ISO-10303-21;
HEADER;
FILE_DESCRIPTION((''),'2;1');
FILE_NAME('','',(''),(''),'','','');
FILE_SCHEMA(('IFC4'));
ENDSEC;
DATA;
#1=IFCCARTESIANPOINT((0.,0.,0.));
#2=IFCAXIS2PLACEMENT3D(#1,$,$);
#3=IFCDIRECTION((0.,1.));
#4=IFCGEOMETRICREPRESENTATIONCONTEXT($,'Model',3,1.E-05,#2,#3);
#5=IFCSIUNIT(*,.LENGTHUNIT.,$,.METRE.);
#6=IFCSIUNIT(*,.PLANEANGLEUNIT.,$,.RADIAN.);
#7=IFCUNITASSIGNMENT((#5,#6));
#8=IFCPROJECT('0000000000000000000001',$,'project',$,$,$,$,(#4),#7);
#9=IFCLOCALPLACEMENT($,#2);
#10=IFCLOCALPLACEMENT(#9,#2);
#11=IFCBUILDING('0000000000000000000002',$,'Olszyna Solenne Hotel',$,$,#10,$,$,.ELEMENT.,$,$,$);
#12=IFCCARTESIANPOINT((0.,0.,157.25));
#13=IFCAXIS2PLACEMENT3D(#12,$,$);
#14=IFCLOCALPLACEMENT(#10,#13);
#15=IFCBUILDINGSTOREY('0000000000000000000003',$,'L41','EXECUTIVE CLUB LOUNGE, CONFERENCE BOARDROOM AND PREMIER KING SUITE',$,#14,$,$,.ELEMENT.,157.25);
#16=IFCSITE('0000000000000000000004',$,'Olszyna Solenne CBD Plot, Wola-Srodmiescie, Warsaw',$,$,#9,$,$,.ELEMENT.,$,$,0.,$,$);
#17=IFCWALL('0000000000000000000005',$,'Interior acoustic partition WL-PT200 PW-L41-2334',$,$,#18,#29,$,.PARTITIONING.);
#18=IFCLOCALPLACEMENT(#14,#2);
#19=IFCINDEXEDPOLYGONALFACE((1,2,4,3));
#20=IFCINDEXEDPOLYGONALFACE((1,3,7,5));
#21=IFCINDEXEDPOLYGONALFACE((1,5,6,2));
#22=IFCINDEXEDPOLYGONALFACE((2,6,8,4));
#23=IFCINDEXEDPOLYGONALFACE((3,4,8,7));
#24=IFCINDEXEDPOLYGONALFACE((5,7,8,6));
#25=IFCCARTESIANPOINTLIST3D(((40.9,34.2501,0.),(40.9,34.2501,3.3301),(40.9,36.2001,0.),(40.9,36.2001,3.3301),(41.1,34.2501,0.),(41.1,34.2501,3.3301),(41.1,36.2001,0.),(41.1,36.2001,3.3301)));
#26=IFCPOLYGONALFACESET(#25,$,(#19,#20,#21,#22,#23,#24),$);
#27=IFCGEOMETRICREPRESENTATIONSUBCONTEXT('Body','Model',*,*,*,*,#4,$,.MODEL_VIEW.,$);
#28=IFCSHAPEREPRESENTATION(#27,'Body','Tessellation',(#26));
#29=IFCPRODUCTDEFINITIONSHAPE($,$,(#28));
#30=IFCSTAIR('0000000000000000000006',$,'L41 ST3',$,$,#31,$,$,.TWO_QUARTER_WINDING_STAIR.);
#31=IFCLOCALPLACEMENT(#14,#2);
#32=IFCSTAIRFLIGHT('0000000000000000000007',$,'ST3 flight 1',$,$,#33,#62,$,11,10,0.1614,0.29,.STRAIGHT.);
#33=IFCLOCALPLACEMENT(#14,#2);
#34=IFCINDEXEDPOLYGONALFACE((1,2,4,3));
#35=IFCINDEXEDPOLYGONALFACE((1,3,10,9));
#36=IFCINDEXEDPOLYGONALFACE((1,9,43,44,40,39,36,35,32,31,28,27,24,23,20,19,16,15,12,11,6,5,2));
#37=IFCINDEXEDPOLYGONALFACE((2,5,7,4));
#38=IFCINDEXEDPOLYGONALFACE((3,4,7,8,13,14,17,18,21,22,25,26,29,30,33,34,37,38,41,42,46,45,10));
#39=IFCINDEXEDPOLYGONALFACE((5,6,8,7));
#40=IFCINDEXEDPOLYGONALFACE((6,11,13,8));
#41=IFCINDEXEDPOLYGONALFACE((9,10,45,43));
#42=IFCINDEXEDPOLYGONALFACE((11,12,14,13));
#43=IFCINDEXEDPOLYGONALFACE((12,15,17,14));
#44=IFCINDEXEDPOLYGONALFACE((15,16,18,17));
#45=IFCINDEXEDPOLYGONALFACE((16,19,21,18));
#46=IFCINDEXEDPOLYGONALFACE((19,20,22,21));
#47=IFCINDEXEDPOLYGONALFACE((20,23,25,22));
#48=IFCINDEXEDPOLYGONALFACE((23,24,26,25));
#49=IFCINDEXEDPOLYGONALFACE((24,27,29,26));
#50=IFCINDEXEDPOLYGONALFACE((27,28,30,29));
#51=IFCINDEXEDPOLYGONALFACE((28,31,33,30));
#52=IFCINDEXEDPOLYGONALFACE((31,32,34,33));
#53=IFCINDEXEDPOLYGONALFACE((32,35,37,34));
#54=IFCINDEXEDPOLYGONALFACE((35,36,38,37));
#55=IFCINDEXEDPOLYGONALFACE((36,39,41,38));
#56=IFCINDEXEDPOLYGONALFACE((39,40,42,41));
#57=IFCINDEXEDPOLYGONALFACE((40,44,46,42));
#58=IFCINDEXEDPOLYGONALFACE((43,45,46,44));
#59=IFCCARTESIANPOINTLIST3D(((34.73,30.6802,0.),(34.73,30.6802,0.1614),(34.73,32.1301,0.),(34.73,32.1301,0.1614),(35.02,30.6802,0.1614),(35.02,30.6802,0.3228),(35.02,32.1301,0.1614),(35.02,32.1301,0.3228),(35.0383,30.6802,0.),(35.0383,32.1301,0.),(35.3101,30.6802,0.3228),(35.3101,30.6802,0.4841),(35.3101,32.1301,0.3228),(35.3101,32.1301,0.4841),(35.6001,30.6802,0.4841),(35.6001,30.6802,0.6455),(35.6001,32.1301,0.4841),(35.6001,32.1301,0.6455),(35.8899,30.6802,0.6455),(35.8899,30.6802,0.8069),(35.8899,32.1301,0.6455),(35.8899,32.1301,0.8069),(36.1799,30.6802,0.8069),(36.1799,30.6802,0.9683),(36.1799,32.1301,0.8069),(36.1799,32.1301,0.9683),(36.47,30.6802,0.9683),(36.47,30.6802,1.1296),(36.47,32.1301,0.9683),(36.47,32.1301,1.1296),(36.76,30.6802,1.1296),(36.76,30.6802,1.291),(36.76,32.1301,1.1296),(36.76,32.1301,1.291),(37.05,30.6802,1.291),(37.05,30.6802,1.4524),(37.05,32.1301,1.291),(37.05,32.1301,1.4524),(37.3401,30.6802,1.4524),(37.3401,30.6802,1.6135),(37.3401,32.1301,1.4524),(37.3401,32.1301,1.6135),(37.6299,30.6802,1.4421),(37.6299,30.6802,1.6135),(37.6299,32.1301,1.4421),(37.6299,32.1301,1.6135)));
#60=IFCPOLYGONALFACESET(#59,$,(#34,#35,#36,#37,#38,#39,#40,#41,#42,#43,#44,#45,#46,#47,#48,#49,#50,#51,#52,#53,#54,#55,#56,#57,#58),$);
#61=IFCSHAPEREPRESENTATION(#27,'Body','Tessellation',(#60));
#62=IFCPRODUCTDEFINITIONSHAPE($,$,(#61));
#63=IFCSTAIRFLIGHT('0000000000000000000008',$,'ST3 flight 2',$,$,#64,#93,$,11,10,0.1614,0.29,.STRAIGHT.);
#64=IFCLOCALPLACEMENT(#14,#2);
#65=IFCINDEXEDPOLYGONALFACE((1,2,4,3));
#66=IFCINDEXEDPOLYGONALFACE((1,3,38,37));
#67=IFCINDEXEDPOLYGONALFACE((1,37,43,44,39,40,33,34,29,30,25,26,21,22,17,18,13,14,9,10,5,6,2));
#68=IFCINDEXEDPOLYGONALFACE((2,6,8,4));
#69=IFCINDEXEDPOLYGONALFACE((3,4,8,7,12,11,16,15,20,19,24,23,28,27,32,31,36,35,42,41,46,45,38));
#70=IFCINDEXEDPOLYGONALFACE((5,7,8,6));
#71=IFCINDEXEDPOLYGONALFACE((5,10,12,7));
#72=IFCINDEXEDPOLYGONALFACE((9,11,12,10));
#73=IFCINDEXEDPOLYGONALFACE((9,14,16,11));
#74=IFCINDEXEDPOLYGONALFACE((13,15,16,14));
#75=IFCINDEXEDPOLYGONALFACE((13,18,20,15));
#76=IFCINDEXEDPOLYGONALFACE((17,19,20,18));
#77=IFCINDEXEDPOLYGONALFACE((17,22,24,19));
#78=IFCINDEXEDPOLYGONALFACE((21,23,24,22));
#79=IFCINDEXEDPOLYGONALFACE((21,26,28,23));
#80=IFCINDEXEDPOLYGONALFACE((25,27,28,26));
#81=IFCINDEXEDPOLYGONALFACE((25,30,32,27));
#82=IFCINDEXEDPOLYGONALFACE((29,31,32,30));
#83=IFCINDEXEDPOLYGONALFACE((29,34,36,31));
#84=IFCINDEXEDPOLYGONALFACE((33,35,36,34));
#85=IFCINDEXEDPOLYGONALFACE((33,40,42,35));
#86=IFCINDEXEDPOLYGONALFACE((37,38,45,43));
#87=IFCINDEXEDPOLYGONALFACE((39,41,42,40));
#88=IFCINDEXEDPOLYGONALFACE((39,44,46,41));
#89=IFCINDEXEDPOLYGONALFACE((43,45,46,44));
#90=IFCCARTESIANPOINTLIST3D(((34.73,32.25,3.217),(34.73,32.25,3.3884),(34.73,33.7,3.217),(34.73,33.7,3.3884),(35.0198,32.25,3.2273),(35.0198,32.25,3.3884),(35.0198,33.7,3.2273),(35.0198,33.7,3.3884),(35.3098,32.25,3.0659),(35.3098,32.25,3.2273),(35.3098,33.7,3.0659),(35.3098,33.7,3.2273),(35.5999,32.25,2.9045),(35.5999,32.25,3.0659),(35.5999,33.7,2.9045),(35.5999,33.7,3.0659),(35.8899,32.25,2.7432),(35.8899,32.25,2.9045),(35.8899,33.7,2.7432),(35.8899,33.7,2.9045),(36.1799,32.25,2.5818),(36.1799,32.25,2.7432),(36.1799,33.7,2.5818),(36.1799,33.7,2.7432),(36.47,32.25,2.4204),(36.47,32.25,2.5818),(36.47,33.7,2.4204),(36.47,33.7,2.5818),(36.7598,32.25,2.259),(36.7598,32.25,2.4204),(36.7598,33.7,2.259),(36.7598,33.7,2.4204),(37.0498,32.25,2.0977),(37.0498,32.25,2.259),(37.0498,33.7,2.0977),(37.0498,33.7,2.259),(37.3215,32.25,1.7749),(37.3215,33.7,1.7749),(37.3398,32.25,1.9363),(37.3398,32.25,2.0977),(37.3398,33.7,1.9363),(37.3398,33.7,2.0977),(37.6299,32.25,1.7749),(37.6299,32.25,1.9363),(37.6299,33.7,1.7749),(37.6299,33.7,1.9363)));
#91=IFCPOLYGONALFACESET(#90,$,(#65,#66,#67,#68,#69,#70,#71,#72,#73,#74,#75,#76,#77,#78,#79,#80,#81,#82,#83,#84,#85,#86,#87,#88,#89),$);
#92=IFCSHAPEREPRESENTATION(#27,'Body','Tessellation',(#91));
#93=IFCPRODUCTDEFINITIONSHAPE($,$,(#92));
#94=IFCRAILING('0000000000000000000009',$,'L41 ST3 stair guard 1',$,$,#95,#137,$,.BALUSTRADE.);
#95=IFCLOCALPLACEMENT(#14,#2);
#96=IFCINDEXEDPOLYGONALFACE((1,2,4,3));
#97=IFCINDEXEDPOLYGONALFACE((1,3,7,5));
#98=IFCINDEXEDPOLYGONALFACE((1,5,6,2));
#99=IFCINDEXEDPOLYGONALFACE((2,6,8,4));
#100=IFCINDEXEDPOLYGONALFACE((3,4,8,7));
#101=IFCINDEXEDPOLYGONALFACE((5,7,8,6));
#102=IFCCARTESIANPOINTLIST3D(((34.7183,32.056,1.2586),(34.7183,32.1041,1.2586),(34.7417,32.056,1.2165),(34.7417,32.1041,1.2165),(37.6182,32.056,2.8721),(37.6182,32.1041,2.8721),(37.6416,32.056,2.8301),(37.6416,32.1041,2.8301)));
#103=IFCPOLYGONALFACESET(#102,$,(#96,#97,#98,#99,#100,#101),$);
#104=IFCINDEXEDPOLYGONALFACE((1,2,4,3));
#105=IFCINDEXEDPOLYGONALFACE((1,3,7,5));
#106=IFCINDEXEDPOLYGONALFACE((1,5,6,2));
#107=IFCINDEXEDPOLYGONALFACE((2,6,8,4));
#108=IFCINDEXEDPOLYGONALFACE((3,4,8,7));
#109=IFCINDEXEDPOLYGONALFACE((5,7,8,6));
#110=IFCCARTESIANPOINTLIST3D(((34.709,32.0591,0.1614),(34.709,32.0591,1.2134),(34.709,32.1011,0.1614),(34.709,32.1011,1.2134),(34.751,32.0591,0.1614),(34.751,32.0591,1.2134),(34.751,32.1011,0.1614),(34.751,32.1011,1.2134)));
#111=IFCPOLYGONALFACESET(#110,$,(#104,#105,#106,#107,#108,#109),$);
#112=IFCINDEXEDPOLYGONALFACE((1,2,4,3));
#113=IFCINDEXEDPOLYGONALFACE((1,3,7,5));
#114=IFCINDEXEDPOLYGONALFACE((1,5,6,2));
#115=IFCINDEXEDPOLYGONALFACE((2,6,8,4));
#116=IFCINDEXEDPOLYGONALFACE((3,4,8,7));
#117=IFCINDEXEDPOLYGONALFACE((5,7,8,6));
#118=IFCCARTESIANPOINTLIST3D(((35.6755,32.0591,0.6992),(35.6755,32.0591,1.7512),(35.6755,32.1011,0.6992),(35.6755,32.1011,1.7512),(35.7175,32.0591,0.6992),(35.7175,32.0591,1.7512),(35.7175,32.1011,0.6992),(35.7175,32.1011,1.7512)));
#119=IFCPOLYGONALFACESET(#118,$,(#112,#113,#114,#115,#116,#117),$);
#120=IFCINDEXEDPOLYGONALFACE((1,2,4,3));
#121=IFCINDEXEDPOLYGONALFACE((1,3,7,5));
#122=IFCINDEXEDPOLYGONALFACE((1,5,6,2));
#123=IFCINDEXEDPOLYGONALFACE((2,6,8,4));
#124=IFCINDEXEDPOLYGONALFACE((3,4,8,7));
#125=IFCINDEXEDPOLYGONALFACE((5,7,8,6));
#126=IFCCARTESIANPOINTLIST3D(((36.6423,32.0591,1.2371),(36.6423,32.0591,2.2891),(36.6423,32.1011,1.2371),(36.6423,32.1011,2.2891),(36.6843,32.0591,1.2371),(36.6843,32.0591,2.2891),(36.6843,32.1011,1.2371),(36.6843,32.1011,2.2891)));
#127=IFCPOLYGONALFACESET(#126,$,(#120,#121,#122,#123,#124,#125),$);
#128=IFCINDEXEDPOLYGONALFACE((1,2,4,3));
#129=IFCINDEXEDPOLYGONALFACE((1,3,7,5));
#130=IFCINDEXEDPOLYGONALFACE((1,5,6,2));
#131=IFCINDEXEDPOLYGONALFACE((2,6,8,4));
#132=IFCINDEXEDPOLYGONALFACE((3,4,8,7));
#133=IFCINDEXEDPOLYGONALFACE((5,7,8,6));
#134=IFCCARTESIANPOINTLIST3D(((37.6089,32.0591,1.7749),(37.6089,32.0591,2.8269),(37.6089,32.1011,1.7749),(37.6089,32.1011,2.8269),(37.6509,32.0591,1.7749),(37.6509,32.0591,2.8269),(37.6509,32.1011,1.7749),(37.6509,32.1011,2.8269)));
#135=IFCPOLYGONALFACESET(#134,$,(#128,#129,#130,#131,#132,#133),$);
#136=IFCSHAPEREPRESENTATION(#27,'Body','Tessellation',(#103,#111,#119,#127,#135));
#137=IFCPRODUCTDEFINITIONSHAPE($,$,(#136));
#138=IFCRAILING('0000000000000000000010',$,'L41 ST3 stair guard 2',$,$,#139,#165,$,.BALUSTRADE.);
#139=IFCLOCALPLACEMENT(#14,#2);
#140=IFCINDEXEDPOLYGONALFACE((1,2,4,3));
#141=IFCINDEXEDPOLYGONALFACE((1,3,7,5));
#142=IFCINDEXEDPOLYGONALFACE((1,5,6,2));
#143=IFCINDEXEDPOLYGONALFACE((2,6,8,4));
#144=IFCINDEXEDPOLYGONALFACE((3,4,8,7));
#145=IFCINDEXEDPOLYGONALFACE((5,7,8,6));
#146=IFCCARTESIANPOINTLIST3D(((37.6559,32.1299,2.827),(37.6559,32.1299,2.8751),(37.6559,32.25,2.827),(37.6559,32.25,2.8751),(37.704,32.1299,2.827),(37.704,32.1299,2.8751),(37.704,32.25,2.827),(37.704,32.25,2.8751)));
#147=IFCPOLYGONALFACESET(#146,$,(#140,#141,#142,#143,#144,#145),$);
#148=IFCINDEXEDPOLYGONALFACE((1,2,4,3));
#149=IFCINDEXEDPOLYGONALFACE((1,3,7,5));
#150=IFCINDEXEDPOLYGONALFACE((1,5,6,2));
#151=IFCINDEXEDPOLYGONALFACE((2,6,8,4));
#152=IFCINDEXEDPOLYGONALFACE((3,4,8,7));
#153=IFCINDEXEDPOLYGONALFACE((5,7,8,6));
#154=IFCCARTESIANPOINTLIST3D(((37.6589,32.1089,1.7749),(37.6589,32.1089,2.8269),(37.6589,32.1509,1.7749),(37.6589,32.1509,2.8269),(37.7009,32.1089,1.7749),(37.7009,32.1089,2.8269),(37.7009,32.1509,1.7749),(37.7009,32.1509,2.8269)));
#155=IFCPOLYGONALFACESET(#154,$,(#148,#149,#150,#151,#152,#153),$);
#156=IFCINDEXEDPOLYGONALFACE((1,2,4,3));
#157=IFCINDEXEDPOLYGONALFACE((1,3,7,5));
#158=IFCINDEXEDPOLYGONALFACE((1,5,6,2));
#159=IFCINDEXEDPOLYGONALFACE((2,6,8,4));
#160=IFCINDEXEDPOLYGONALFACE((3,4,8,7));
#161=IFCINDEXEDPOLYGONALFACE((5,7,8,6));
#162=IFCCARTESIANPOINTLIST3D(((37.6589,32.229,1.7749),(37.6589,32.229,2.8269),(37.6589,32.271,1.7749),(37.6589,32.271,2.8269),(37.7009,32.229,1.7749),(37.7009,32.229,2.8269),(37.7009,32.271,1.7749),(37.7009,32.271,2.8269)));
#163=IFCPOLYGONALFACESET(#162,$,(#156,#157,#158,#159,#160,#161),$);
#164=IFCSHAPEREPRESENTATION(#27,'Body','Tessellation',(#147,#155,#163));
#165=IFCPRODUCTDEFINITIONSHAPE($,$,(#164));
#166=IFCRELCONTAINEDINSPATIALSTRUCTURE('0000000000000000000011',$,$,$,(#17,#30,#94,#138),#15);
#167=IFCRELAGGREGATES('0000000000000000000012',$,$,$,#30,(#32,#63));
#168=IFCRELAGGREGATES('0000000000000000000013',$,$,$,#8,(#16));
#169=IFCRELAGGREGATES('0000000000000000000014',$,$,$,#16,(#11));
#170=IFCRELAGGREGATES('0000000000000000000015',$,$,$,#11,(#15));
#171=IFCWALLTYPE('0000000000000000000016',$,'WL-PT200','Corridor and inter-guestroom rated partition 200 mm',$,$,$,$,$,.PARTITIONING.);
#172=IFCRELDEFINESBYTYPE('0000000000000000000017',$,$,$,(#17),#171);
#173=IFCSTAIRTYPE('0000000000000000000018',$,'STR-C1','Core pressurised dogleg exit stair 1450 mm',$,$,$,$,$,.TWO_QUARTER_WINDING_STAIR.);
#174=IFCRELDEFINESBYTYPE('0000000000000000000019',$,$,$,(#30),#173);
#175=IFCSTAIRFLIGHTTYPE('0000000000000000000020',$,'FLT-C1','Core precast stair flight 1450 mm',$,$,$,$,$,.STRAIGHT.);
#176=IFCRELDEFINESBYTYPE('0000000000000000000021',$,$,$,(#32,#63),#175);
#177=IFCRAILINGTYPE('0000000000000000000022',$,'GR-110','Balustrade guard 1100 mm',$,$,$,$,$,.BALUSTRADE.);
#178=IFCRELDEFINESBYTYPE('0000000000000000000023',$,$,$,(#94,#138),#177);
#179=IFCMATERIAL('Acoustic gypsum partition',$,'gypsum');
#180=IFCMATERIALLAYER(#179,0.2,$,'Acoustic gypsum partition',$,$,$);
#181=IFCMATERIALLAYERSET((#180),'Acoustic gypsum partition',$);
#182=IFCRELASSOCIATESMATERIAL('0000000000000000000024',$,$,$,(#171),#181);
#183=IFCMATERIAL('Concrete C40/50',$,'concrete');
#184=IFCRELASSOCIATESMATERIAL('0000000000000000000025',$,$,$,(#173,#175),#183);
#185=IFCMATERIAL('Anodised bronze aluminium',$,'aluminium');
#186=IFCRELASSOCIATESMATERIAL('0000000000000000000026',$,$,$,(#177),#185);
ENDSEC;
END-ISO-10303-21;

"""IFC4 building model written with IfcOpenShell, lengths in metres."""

from ifc_helpers import new_model, si_unit, direction, frame, frame_2d, origin, origin_2d, place, context, subcontext, project, spatial, polyline, rectangle, outline, extrude, material, layer, layer_set, type_object, element, aggregate, save


model = new_model("IFC4")

# Units and contexts
model_context = context("Model", 3, precision=1e-05, world=origin(), true_north=direction((0.0, 1.0)))
body_context = subcontext(model_context, "Body", "Model", "MODEL_VIEW")
ifc_project = project(units=[si_unit("LENGTHUNIT", "METRE"), si_unit("PLANEANGLEUNIT", "RADIAN")], contexts=[model_context])

# Site, building, storey
site_placement = place(None, origin())
site = spatial("IfcSite", under=ifc_project, at=site_placement, Name="Olszyna Solenne CBD Plot, Wola-Srodmiescie, Warsaw", CompositionType="ELEMENT", RefElevation=0.0)
building_placement = place(site_placement, origin())
building = spatial("IfcBuilding", under=site, at=building_placement, Name="Olszyna Solenne Hotel", CompositionType="ELEMENT")
storey_placement = place(building_placement, frame((0.0, 0.0, 157.25)))
storey = spatial("IfcBuildingStorey", under=building, at=storey_placement, Name="L41", Description="EXECUTIVE CLUB LOUNGE, CONFERENCE BOARDROOM AND PREMIER KING SUITE", CompositionType="ELEMENT", Elevation=157.25)

# Shared definitions
ifc_material_1 = material(Name="Anodised bronze aluminium", Category="aluminium")

# Shared definitions
ifc_material_2 = material(Name="Acoustic gypsum partition", Category="gypsum")

# Wall
ifc_layer_1 = layer(ifc_material_2, 0.2, Name="Acoustic gypsum partition")
ifc_layer_set_1 = layer_set([ifc_layer_1], Name="Acoustic gypsum partition")
wall_type_1 = type_object("IfcWallType", Name="WL-PT200", Description="Corridor and inter-guestroom rated partition 200 mm", PredefinedType="PARTITIONING", material=ifc_layer_set_1)
wall_1_placement = place(storey_placement, frame((41.0, 34.25, 0.0), z_axis=(0.0, 0.0, 1.0), x_axis=(0.0, 1.0, 0.0)))
element("IfcWall", 1, at=wall_1_placement, inside=storey, type_object=wall_type_1, Name="Interior acoustic partition WL-PT200 PW-L41-2334", PredefinedType="PARTITIONING", context=body_context, shape_type="SweptSolid", body=[
    extrude(rectangle(XDim=1.95, YDim=0.2, at=frame_2d((0.9751, 0.0))), origin(), (0.0, 0.0, 1.0), 3.3301),
])

# Stair, stair flights
ifc_material_3 = material(Name="Concrete C40/50", Category="concrete")
stair_type = type_object("IfcStairType", Name="STR-C1", Description="Core pressurised dogleg exit stair 1450 mm", PredefinedType="TWO_QUARTER_WINDING_STAIR", material=ifc_material_3)
stair_placement = place(storey_placement, origin())
stair = element("IfcStair", 2, at=stair_placement, inside=storey, type_object=stair_type, Name="L41 ST3", PredefinedType="TWO_QUARTER_WINDING_STAIR")
stair_flight_type = type_object("IfcStairFlightType", Name="FLT-C1", Description="Core precast stair flight 1450 mm", PredefinedType="STRAIGHT", material=ifc_material_3)
stair_flight_1_placement = place(storey_placement, frame((34.73, 31.405, 0.0), z_axis=(0.0, 0.0, 1.0), x_axis=(1.0, 0.0, 0.0)))
stair_flight_1 = element("IfcStairFlight", 3, at=stair_flight_1_placement, type_object=stair_flight_type, Name="ST3 flight 1", NumberOfRisers=11, NumberOfTreads=10, PredefinedType="STRAIGHT", RiserHeight=0.1614, TreadLength=0.29, context=body_context, shape_type="SweptSolid", body=[
    extrude(outline(polyline([(0.0, 0.0), (0.0, 0.1614), (0.29, 0.1614), (0.29, 0.3228), (0.5801, 0.3228), (0.5801, 0.4841), (0.8701, 0.4841), (0.8701, 0.6455), (1.1599, 0.6455), (1.1599, 0.8069), (1.45, 0.8069), (1.45, 0.9683), (1.74, 0.9683), (1.74, 1.1296), (2.03, 1.1296), (2.03, 1.291), (2.3201, 1.291), (2.3201, 1.4524), (2.6101, 1.4524), (2.6101, 1.6135), (2.8999, 1.6135), (2.8999, 1.7749), (2.8999, 1.4421), (0.3083, 0.0), (0.0, 0.0)])), frame((0.0, 0.7251, 0.0), z_axis=(0.0, -1.0, 0.0), x_axis=(1.0, 0.0, 0.0)), (0.0, 0.0, 1.0), 1.45),
])
stair_flight_2_placement = place(storey_placement, frame((37.6299, 32.9751, 1.7749), z_axis=(0.0, 0.0, 1.0), x_axis=(-1.0, 0.0, 0.0)))
stair_flight_2 = element("IfcStairFlight", 4, at=stair_flight_2_placement, type_object=stair_flight_type, Name="ST3 flight 2", NumberOfRisers=11, NumberOfTreads=10, PredefinedType="STRAIGHT", RiserHeight=0.1614, TreadLength=0.29, context=body_context, shape_type="SweptSolid", body=[
    extrude(outline(polyline([(0.0, 0.0), (0.0, 0.1614), (0.29, 0.1614), (0.29, 0.3228), (0.5801, 0.3228), (0.5801, 0.4841), (0.8701, 0.4841), (0.8701, 0.6455), (1.1599, 0.6455), (1.1599, 0.8069), (1.45, 0.8069), (1.45, 0.9683), (1.74, 0.9683), (1.74, 1.1296), (2.03, 1.1296), (2.03, 1.291), (2.3201, 1.291), (2.3201, 1.4524), (2.6101, 1.4524), (2.6101, 1.6135), (2.8999, 1.6135), (2.8999, 1.7749), (2.8999, 1.4421), (0.3083, 0.0), (0.0, 0.0)])), frame((0.0, 0.7251, 0.0), z_axis=(0.0, -1.0, 0.0), x_axis=(1.0, 0.0, 0.0)), (0.0, 0.0, 1.0), 1.45),
])
aggregate(stair, [stair_flight_1, stair_flight_2])

# Railings
railing_type_1 = type_object("IfcRailingType", Name="GR-110", Description="Balustrade guard 1100 mm", PredefinedType="BALUSTRADE", material=ifc_material_1)
railing_1_placement = place(storey_placement, frame((34.73, 32.0801, 0.1614)))
element("IfcRailing", 5, at=railing_1_placement, inside=storey, type_object=railing_type_1, Name="L41 ST3 stair guard 1", PredefinedType="BALUSTRADE", context=body_context, shape_type="SweptSolid", body=[
    extrude(rectangle(XDim=0.0481, YDim=0.0481, at=origin_2d()), frame((0.0, 0.0, 1.0762), z_axis=(0.873841, 0.0, 0.486211), x_axis=(0.0, 1.0, 0.0)), (0.0, 0.0, 1.0), 3.3186),
    extrude(rectangle(XDim=0.042, YDim=0.042, at=origin_2d()), origin(), (0.0, 0.0, 1.0), 1.052),
    extrude(rectangle(XDim=0.042, YDim=0.042, at=origin_2d()), frame((0.9666, 0.0, 0.5378)), (0.0, 0.0, 1.0), 1.052),
    extrude(rectangle(XDim=0.042, YDim=0.042, at=origin_2d()), frame((1.9333, 0.0, 1.0757)), (0.0, 0.0, 1.0), 1.052),
    extrude(rectangle(XDim=0.042, YDim=0.042, at=origin_2d()), frame((2.8999, 0.0, 1.6135)), (0.0, 0.0, 1.0), 1.052),
])
railing_2_placement = place(storey_placement, frame((37.6799, 32.1299, 1.7749)))
element("IfcRailing", 6, at=railing_2_placement, inside=storey, type_object=railing_type_1, Name="L41 ST3 stair guard 2", PredefinedType="BALUSTRADE", context=body_context, shape_type="SweptSolid", body=[
    extrude(rectangle(XDim=0.0481, YDim=0.0481, at=origin_2d()), frame((0.0, 0.0, 1.0762), z_axis=(0.0, 1.0, 0.0), x_axis=(-1.0, 0.0, 0.0)), (0.0, 0.0, 1.0), 0.1201),
    extrude(rectangle(XDim=0.042, YDim=0.042, at=origin_2d()), origin(), (0.0, 0.0, 1.0), 1.052),
    extrude(rectangle(XDim=0.042, YDim=0.042, at=origin_2d()), frame((0.0, 0.1201, 0.0)), (0.0, 0.0, 1.0), 1.052),
])

save(model, "model.ifc")
